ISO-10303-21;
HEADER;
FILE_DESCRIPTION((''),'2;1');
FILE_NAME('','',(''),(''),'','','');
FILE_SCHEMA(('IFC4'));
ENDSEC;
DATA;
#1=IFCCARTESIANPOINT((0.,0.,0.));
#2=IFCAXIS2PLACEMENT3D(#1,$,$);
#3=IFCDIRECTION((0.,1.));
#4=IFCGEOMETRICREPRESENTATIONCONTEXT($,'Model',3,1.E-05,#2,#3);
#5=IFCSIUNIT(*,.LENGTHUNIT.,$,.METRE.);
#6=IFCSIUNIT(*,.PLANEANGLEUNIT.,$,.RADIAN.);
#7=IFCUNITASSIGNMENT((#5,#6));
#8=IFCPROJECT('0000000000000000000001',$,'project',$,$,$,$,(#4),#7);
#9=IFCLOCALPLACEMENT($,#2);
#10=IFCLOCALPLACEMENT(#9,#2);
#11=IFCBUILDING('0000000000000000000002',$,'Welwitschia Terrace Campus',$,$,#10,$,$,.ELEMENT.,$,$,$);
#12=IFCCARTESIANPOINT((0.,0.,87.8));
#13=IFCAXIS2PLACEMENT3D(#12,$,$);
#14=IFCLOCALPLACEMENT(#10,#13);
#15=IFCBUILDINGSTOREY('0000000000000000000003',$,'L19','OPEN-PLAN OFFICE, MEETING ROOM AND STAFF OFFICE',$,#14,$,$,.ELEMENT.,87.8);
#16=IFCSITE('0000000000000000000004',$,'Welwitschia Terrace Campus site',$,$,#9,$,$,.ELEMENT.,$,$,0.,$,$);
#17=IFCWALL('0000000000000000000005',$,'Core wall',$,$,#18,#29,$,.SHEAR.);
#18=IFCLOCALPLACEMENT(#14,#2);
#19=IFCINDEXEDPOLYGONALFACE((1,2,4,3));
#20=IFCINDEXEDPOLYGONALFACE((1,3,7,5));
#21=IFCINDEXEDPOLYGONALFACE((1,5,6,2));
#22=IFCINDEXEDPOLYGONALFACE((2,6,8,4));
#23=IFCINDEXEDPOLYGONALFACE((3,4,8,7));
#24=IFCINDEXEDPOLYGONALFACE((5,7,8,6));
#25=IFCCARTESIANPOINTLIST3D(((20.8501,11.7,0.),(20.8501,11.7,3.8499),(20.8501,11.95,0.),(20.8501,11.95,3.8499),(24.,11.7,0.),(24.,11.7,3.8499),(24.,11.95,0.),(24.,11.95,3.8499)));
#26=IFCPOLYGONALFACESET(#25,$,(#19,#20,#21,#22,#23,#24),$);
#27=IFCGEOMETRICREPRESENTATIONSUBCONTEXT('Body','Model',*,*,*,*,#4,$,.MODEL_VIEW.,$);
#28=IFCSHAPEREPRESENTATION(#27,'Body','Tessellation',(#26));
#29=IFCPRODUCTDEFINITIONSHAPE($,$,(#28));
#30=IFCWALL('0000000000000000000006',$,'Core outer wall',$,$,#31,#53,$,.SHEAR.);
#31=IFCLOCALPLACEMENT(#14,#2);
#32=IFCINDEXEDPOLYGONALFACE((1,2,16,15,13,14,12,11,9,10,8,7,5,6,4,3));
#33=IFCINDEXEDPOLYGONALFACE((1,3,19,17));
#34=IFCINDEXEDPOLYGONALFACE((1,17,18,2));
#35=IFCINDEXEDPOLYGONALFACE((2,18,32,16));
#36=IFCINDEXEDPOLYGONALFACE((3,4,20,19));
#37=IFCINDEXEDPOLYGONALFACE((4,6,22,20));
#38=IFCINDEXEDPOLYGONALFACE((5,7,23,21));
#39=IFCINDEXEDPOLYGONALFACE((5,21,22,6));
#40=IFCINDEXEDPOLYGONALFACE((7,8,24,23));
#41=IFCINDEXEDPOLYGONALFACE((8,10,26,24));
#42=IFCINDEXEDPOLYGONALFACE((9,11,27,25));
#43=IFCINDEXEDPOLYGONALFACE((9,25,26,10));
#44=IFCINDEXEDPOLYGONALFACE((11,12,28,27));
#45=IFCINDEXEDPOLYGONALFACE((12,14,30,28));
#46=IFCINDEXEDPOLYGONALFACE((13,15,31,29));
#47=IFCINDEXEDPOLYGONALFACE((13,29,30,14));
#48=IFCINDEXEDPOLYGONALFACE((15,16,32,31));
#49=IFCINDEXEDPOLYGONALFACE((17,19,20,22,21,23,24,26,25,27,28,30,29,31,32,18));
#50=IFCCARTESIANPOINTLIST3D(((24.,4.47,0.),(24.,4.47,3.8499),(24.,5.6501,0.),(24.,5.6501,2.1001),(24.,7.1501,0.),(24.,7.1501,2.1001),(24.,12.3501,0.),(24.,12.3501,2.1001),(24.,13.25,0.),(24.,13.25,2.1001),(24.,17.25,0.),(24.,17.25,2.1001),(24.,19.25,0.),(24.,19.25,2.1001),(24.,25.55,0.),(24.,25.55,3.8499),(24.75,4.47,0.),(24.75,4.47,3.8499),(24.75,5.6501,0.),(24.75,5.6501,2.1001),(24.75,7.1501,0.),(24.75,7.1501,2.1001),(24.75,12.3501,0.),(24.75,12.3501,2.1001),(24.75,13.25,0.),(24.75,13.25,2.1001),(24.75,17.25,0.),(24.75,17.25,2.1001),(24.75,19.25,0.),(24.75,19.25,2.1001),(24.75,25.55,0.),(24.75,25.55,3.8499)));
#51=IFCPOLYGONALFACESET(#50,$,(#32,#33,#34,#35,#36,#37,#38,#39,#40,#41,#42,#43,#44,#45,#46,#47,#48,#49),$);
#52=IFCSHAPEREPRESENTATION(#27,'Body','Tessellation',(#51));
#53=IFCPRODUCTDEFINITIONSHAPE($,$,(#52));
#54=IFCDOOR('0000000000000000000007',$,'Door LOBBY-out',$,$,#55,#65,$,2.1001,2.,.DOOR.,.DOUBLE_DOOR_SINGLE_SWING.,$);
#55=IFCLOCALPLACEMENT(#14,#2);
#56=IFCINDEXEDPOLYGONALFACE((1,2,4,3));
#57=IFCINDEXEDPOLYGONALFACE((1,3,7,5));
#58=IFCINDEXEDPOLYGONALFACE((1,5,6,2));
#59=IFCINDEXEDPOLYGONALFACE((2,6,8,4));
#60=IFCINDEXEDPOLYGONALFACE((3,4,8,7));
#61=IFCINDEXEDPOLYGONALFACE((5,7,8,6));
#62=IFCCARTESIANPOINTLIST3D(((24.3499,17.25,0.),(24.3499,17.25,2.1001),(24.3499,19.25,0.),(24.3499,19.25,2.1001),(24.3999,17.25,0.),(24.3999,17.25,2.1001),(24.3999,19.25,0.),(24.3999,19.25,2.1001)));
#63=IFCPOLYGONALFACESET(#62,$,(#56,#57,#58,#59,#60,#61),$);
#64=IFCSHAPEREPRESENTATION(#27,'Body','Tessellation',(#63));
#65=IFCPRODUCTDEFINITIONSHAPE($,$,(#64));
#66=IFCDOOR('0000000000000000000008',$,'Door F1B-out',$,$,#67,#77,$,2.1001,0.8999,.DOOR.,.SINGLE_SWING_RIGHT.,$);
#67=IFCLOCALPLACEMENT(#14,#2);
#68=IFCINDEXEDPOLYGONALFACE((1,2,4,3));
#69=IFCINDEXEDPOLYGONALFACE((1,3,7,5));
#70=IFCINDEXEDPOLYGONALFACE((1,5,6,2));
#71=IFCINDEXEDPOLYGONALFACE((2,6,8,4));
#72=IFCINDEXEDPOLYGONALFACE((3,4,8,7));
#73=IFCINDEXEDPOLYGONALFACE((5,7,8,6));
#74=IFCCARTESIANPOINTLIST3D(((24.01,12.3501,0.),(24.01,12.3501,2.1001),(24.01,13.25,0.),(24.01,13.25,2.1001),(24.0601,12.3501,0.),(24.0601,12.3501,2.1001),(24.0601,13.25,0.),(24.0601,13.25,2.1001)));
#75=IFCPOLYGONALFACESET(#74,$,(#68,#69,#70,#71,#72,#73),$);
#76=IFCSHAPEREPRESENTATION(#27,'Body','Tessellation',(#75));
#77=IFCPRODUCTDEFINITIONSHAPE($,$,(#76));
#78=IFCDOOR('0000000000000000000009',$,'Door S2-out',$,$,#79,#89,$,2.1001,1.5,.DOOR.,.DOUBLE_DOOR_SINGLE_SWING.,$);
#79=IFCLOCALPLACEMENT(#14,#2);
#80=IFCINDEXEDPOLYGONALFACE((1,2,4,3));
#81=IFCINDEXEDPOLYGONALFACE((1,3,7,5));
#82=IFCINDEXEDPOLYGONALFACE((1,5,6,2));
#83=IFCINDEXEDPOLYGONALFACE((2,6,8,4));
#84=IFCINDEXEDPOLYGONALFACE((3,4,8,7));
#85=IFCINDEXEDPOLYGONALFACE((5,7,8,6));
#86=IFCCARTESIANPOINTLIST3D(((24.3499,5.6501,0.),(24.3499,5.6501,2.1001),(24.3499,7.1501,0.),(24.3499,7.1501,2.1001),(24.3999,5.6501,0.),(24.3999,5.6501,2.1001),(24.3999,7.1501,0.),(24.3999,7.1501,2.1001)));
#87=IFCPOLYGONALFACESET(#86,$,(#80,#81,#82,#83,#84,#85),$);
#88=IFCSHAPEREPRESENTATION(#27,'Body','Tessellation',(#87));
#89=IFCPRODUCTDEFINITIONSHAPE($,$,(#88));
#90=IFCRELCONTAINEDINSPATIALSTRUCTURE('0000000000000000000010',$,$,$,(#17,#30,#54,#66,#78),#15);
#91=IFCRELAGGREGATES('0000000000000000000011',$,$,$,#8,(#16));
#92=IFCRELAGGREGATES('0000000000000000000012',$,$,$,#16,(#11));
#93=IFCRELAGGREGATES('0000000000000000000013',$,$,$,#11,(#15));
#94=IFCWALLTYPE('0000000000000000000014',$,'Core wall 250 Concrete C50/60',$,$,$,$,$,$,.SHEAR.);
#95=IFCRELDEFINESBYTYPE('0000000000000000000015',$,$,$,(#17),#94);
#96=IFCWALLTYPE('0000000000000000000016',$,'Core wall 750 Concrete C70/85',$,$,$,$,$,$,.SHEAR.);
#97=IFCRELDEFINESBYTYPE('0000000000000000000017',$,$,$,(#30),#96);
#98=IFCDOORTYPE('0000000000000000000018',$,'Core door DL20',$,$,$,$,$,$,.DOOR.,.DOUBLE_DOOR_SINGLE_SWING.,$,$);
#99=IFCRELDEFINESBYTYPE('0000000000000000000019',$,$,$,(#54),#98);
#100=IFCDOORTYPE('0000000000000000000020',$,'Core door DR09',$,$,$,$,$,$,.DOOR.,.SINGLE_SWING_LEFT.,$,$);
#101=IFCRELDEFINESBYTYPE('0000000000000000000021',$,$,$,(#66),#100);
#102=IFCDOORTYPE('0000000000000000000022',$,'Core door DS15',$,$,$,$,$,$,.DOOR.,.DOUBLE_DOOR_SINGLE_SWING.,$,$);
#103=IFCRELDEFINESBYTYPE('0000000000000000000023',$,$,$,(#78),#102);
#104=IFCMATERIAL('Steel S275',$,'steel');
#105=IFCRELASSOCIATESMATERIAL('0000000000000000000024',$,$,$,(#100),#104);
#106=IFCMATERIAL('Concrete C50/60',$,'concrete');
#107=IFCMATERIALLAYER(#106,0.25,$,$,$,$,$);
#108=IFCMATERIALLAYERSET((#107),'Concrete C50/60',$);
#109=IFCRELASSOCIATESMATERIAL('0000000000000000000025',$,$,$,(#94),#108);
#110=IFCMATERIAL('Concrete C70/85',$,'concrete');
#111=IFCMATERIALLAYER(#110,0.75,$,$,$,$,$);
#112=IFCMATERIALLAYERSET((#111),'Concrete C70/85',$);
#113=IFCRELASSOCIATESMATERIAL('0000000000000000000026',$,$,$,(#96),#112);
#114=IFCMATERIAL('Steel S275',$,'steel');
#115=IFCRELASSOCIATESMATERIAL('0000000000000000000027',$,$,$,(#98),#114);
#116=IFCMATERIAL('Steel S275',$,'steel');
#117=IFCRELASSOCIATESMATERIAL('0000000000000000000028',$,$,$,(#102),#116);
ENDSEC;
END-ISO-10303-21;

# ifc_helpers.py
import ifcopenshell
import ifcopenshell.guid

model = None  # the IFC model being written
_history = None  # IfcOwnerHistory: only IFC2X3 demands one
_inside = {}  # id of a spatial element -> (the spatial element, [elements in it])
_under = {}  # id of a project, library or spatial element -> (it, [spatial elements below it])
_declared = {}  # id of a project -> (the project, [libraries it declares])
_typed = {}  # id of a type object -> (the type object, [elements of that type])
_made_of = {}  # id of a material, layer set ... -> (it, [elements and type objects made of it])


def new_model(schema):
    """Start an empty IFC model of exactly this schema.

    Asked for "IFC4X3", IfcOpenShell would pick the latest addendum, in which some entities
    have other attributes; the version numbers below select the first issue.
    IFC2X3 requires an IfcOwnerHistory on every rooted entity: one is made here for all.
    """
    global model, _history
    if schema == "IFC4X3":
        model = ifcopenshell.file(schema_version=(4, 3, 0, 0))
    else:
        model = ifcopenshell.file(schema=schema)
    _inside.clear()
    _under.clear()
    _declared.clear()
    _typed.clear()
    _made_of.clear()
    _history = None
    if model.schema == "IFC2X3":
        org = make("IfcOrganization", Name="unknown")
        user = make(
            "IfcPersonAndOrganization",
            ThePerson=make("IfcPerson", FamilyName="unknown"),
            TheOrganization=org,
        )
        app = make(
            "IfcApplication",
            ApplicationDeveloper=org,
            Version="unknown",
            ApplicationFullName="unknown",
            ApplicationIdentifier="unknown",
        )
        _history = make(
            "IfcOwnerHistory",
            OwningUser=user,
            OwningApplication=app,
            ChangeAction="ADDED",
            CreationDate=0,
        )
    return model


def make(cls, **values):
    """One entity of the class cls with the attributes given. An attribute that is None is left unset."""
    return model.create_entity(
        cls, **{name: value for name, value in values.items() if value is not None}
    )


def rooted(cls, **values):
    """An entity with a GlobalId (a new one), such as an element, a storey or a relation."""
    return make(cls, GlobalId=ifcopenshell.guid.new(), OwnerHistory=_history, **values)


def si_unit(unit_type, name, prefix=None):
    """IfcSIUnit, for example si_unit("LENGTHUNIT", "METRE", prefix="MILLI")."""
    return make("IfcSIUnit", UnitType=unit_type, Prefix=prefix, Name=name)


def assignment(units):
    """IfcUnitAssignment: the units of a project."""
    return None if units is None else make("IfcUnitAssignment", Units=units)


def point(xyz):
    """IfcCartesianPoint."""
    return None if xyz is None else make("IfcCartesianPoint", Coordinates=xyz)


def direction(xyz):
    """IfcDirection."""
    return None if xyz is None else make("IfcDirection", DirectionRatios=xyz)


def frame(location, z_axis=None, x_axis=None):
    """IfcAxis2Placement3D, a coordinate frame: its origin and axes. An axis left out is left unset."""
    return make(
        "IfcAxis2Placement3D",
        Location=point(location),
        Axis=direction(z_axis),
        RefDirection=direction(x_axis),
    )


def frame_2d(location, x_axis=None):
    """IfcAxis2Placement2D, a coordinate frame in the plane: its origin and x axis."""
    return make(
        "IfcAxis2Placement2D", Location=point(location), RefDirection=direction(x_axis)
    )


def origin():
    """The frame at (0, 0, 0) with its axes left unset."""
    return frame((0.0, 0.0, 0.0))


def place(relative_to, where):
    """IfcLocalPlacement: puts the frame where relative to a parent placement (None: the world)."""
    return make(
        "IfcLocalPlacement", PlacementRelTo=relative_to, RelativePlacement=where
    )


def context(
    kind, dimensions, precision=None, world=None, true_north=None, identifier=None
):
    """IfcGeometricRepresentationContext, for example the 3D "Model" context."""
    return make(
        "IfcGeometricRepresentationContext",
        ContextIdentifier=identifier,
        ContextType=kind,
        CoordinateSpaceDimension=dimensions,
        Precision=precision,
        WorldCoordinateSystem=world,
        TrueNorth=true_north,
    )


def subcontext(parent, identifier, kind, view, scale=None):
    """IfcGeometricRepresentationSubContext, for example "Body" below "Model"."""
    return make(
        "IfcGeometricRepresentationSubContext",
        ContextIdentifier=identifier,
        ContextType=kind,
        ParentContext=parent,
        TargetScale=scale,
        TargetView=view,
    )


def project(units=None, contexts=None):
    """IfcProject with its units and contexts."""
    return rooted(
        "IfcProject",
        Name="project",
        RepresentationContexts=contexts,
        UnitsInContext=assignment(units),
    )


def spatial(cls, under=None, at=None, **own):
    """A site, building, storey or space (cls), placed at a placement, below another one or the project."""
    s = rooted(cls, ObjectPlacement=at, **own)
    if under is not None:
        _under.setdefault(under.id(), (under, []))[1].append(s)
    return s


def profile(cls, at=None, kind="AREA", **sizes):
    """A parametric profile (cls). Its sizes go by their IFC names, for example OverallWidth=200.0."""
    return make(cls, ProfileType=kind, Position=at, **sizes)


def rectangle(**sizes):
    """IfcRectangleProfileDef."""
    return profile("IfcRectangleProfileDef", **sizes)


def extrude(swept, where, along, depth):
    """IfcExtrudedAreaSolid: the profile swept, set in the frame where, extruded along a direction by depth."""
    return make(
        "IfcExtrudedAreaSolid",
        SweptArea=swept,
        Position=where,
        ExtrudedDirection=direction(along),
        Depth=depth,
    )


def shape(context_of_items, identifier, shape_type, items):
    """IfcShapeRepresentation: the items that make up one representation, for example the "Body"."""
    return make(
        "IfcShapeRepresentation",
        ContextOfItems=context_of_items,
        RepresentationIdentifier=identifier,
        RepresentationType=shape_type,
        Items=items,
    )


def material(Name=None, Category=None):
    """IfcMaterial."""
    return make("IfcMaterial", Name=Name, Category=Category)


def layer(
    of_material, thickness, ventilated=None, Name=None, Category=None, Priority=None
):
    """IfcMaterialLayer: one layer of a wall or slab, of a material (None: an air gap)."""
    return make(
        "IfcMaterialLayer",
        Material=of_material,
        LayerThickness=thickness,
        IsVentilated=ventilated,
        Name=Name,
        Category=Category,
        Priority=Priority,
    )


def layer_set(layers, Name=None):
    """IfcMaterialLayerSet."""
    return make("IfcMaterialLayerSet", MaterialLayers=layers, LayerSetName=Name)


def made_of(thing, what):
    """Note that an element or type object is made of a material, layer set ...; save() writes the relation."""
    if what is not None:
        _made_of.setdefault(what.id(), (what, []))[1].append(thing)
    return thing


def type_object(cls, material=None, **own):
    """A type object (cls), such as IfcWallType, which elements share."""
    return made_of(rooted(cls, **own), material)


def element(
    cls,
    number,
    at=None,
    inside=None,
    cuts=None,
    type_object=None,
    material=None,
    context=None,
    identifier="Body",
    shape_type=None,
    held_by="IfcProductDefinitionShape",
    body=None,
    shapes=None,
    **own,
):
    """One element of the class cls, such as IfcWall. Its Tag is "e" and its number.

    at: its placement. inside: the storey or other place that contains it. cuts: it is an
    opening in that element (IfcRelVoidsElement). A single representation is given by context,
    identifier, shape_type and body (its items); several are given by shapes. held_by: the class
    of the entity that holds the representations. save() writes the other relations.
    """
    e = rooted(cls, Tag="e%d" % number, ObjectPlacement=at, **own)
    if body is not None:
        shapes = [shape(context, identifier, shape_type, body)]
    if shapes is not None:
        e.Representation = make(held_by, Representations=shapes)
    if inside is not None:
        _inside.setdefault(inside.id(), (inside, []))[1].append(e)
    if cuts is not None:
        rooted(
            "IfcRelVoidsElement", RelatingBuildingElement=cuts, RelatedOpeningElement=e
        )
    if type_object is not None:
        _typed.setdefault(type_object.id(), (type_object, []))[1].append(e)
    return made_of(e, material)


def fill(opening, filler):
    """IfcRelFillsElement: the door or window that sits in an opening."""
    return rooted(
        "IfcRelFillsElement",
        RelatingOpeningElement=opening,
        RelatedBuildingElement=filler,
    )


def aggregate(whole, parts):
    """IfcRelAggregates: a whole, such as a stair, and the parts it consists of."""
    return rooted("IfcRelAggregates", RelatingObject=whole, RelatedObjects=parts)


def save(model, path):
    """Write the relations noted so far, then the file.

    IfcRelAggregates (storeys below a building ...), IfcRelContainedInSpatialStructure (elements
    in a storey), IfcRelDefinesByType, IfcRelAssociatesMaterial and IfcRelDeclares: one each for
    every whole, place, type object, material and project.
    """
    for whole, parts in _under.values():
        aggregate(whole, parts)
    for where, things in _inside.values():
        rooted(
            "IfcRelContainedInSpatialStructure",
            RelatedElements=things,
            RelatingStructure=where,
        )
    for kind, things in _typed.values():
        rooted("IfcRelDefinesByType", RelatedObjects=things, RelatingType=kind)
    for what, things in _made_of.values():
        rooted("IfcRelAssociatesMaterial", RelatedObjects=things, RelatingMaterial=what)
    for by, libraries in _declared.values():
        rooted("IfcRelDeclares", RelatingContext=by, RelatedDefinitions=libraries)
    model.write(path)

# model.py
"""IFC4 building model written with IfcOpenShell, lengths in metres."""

from ifc_helpers import new_model, si_unit, direction, frame, frame_2d, origin, place, context, subcontext, project, spatial, rectangle, extrude, material, layer, layer_set, type_object, element, fill, save


model = new_model("IFC4")

# Units and contexts
model_context = context("Model", 3, precision=1e-05, world=origin(), true_north=direction((0.0, 1.0)))
body_context = subcontext(model_context, "Body", "Model", "MODEL_VIEW")
ifc_project = project(units=[si_unit("LENGTHUNIT", "METRE"), si_unit("PLANEANGLEUNIT", "RADIAN")], contexts=[model_context])

# Site, building, storey
site_placement = place(None, origin())
site = spatial("IfcSite", under=ifc_project, at=site_placement, Name="Welwitschia Terrace Campus site", CompositionType="ELEMENT", RefElevation=0.0)
building_placement = place(site_placement, origin())
building = spatial("IfcBuilding", under=site, at=building_placement, Name="Welwitschia Terrace Campus", CompositionType="ELEMENT")
storey_placement = place(building_placement, frame((0.0, 0.0, 87.8)))
storey = spatial("IfcBuildingStorey", under=building, at=storey_placement, Name="L19", Description="OPEN-PLAN OFFICE, MEETING ROOM AND STAFF OFFICE", CompositionType="ELEMENT", Elevation=87.8)

# Shared definitions
ifc_material_1 = material(Name="Steel S275", Category="steel")
door_type_1 = type_object("IfcDoorType", Name="Core door DR09", OperationType="SINGLE_SWING_LEFT", PredefinedType="DOOR", material=ifc_material_1)

# Wall
ifc_material_2 = material(Name="Concrete C50/60", Category="concrete")
ifc_layer_1 = layer(ifc_material_2, 0.25)
ifc_layer_set_1 = layer_set([ifc_layer_1], Name="Concrete C50/60")
wall_type_1 = type_object("IfcWallType", Name="Core wall 250 Concrete C50/60", PredefinedType="SHEAR", material=ifc_layer_set_1)
wall_1_placement = place(storey_placement, frame((20.8501, 11.825, 0.0), z_axis=(0.0, 0.0, 1.0), x_axis=(1.0, 0.0, 0.0)))
element("IfcWall", 1, at=wall_1_placement, inside=storey, type_object=wall_type_1, Name="Core wall", PredefinedType="SHEAR", context=body_context, shape_type="SweptSolid", body=[
    extrude(rectangle(XDim=3.1499, YDim=0.25, at=frame_2d((1.575, 0.0))), origin(), (0.0, 0.0, 1.0), 3.8499),
])

# Wall, openings, doors
ifc_material_3 = material(Name="Concrete C70/85", Category="concrete")
ifc_layer_2 = layer(ifc_material_3, 0.75)
ifc_layer_set_2 = layer_set([ifc_layer_2], Name="Concrete C70/85")
wall_type_2 = type_object("IfcWallType", Name="Core wall 750 Concrete C70/85", PredefinedType="SHEAR", material=ifc_layer_set_2)
wall_2_placement = place(storey_placement, frame((24.375, 25.55, 0.0), z_axis=(0.0, 0.0, 1.0), x_axis=(0.0, -1.0, 0.0)))
wall_2 = element("IfcWall", 2, at=wall_2_placement, inside=storey, type_object=wall_type_2, Name="Core outer wall", PredefinedType="SHEAR", context=body_context, shape_type="SweptSolid", body=[
    extrude(rectangle(XDim=21.0801, YDim=0.75, at=frame_2d((10.54, 0.0))), origin(), (0.0, 0.0, 1.0), 3.8499),
])
opening_1_placement = place(wall_2_placement, frame((18.3999, 0.0, 0.0)))
opening_1 = element("IfcOpeningElement", 3, at=opening_1_placement, cuts=wall_2, PredefinedType="OPENING", context=body_context, shape_type="SweptSolid", body=[
    extrude(rectangle(XDim=1.5, YDim=2.1001, at=frame_2d((0.75, 1.05))), frame((0.0, 0.385, 0.0), z_axis=(0.0, -1.0, 0.0), x_axis=(1.0, 0.0, 0.0)), (0.0, 0.0, 1.0), 0.77),
])
opening_2_placement = place(wall_2_placement, frame((12.3, 0.0, 0.0)))
opening_2 = element("IfcOpeningElement", 4, at=opening_2_placement, cuts=wall_2, PredefinedType="OPENING", context=body_context, shape_type="SweptSolid", body=[
    extrude(rectangle(XDim=0.8999, YDim=2.1001, at=frame_2d((0.45, 1.05))), frame((0.0, 0.385, 0.0), z_axis=(0.0, -1.0, 0.0), x_axis=(1.0, 0.0, 0.0)), (0.0, 0.0, 1.0), 0.77),
])
opening_3_placement = place(wall_2_placement, frame((6.3, 0.0, 0.0)))
opening_3 = element("IfcOpeningElement", 5, at=opening_3_placement, cuts=wall_2, PredefinedType="OPENING", context=body_context, shape_type="SweptSolid", body=[
    extrude(rectangle(XDim=2.0, YDim=2.1001, at=frame_2d((1.0, 1.05))), frame((0.0, 0.385, 0.0), z_axis=(0.0, -1.0, 0.0), x_axis=(1.0, 0.0, 0.0)), (0.0, 0.0, 1.0), 0.77),
])
ifc_material_4 = material(Name="Steel S275", Category="steel")
door_type_2 = type_object("IfcDoorType", Name="Core door DL20", OperationType="DOUBLE_DOOR_SINGLE_SWING", PredefinedType="DOOR", material=ifc_material_4)
door_1_placement = place(opening_3_placement, origin())
door_1 = element("IfcDoor", 6, at=door_1_placement, inside=storey, type_object=door_type_2, Name="Door LOBBY-out", OperationType="DOUBLE_DOOR_SINGLE_SWING", OverallHeight=2.1001, OverallWidth=2.0, PredefinedType="DOOR", context=body_context, shape_type="SweptSolid", body=[
    extrude(rectangle(XDim=2.0, YDim=2.1001, at=frame_2d((1.0, 1.05))), frame((0.0, 0.0249, 0.0), z_axis=(0.0, -1.0, 0.0), x_axis=(1.0, 0.0, 0.0)), (0.0, 0.0, 1.0), 0.05),
])
fill(opening_3, door_1)
door_2_placement = place(opening_2_placement, origin())
door_2 = element("IfcDoor", 7, at=door_2_placement, inside=storey, type_object=door_type_1, Name="Door F1B-out", OperationType="SINGLE_SWING_RIGHT", OverallHeight=2.1001, OverallWidth=0.8999, PredefinedType="DOOR", context=body_context, shape_type="SweptSolid", body=[
    extrude(rectangle(XDim=0.8999, YDim=2.1001, at=frame_2d((0.45, 1.05))), frame((0.0, -0.3149, 0.0), z_axis=(0.0, -1.0, 0.0), x_axis=(1.0, 0.0, 0.0)), (0.0, 0.0, 1.0), 0.05),
])
fill(opening_2, door_2)
ifc_material_5 = material(Name="Steel S275", Category="steel")
door_type_3 = type_object("IfcDoorType", Name="Core door DS15", OperationType="DOUBLE_DOOR_SINGLE_SWING", PredefinedType="DOOR", material=ifc_material_5)
door_3_placement = place(opening_1_placement, origin())
door_3 = element("IfcDoor", 8, at=door_3_placement, inside=storey, type_object=door_type_3, Name="Door S2-out", OperationType="DOUBLE_DOOR_SINGLE_SWING", OverallHeight=2.1001, OverallWidth=1.5, PredefinedType="DOOR", context=body_context, shape_type="SweptSolid", body=[
    extrude(rectangle(XDim=1.5, YDim=2.1001, at=frame_2d((0.75, 1.05))), frame((0.0, 0.0249, 0.0), z_axis=(0.0, -1.0, 0.0), x_axis=(1.0, 0.0, 0.0)), (0.0, 0.0, 1.0), 0.05),
])
fill(opening_1, door_3)

save(model, "model.ifc")
